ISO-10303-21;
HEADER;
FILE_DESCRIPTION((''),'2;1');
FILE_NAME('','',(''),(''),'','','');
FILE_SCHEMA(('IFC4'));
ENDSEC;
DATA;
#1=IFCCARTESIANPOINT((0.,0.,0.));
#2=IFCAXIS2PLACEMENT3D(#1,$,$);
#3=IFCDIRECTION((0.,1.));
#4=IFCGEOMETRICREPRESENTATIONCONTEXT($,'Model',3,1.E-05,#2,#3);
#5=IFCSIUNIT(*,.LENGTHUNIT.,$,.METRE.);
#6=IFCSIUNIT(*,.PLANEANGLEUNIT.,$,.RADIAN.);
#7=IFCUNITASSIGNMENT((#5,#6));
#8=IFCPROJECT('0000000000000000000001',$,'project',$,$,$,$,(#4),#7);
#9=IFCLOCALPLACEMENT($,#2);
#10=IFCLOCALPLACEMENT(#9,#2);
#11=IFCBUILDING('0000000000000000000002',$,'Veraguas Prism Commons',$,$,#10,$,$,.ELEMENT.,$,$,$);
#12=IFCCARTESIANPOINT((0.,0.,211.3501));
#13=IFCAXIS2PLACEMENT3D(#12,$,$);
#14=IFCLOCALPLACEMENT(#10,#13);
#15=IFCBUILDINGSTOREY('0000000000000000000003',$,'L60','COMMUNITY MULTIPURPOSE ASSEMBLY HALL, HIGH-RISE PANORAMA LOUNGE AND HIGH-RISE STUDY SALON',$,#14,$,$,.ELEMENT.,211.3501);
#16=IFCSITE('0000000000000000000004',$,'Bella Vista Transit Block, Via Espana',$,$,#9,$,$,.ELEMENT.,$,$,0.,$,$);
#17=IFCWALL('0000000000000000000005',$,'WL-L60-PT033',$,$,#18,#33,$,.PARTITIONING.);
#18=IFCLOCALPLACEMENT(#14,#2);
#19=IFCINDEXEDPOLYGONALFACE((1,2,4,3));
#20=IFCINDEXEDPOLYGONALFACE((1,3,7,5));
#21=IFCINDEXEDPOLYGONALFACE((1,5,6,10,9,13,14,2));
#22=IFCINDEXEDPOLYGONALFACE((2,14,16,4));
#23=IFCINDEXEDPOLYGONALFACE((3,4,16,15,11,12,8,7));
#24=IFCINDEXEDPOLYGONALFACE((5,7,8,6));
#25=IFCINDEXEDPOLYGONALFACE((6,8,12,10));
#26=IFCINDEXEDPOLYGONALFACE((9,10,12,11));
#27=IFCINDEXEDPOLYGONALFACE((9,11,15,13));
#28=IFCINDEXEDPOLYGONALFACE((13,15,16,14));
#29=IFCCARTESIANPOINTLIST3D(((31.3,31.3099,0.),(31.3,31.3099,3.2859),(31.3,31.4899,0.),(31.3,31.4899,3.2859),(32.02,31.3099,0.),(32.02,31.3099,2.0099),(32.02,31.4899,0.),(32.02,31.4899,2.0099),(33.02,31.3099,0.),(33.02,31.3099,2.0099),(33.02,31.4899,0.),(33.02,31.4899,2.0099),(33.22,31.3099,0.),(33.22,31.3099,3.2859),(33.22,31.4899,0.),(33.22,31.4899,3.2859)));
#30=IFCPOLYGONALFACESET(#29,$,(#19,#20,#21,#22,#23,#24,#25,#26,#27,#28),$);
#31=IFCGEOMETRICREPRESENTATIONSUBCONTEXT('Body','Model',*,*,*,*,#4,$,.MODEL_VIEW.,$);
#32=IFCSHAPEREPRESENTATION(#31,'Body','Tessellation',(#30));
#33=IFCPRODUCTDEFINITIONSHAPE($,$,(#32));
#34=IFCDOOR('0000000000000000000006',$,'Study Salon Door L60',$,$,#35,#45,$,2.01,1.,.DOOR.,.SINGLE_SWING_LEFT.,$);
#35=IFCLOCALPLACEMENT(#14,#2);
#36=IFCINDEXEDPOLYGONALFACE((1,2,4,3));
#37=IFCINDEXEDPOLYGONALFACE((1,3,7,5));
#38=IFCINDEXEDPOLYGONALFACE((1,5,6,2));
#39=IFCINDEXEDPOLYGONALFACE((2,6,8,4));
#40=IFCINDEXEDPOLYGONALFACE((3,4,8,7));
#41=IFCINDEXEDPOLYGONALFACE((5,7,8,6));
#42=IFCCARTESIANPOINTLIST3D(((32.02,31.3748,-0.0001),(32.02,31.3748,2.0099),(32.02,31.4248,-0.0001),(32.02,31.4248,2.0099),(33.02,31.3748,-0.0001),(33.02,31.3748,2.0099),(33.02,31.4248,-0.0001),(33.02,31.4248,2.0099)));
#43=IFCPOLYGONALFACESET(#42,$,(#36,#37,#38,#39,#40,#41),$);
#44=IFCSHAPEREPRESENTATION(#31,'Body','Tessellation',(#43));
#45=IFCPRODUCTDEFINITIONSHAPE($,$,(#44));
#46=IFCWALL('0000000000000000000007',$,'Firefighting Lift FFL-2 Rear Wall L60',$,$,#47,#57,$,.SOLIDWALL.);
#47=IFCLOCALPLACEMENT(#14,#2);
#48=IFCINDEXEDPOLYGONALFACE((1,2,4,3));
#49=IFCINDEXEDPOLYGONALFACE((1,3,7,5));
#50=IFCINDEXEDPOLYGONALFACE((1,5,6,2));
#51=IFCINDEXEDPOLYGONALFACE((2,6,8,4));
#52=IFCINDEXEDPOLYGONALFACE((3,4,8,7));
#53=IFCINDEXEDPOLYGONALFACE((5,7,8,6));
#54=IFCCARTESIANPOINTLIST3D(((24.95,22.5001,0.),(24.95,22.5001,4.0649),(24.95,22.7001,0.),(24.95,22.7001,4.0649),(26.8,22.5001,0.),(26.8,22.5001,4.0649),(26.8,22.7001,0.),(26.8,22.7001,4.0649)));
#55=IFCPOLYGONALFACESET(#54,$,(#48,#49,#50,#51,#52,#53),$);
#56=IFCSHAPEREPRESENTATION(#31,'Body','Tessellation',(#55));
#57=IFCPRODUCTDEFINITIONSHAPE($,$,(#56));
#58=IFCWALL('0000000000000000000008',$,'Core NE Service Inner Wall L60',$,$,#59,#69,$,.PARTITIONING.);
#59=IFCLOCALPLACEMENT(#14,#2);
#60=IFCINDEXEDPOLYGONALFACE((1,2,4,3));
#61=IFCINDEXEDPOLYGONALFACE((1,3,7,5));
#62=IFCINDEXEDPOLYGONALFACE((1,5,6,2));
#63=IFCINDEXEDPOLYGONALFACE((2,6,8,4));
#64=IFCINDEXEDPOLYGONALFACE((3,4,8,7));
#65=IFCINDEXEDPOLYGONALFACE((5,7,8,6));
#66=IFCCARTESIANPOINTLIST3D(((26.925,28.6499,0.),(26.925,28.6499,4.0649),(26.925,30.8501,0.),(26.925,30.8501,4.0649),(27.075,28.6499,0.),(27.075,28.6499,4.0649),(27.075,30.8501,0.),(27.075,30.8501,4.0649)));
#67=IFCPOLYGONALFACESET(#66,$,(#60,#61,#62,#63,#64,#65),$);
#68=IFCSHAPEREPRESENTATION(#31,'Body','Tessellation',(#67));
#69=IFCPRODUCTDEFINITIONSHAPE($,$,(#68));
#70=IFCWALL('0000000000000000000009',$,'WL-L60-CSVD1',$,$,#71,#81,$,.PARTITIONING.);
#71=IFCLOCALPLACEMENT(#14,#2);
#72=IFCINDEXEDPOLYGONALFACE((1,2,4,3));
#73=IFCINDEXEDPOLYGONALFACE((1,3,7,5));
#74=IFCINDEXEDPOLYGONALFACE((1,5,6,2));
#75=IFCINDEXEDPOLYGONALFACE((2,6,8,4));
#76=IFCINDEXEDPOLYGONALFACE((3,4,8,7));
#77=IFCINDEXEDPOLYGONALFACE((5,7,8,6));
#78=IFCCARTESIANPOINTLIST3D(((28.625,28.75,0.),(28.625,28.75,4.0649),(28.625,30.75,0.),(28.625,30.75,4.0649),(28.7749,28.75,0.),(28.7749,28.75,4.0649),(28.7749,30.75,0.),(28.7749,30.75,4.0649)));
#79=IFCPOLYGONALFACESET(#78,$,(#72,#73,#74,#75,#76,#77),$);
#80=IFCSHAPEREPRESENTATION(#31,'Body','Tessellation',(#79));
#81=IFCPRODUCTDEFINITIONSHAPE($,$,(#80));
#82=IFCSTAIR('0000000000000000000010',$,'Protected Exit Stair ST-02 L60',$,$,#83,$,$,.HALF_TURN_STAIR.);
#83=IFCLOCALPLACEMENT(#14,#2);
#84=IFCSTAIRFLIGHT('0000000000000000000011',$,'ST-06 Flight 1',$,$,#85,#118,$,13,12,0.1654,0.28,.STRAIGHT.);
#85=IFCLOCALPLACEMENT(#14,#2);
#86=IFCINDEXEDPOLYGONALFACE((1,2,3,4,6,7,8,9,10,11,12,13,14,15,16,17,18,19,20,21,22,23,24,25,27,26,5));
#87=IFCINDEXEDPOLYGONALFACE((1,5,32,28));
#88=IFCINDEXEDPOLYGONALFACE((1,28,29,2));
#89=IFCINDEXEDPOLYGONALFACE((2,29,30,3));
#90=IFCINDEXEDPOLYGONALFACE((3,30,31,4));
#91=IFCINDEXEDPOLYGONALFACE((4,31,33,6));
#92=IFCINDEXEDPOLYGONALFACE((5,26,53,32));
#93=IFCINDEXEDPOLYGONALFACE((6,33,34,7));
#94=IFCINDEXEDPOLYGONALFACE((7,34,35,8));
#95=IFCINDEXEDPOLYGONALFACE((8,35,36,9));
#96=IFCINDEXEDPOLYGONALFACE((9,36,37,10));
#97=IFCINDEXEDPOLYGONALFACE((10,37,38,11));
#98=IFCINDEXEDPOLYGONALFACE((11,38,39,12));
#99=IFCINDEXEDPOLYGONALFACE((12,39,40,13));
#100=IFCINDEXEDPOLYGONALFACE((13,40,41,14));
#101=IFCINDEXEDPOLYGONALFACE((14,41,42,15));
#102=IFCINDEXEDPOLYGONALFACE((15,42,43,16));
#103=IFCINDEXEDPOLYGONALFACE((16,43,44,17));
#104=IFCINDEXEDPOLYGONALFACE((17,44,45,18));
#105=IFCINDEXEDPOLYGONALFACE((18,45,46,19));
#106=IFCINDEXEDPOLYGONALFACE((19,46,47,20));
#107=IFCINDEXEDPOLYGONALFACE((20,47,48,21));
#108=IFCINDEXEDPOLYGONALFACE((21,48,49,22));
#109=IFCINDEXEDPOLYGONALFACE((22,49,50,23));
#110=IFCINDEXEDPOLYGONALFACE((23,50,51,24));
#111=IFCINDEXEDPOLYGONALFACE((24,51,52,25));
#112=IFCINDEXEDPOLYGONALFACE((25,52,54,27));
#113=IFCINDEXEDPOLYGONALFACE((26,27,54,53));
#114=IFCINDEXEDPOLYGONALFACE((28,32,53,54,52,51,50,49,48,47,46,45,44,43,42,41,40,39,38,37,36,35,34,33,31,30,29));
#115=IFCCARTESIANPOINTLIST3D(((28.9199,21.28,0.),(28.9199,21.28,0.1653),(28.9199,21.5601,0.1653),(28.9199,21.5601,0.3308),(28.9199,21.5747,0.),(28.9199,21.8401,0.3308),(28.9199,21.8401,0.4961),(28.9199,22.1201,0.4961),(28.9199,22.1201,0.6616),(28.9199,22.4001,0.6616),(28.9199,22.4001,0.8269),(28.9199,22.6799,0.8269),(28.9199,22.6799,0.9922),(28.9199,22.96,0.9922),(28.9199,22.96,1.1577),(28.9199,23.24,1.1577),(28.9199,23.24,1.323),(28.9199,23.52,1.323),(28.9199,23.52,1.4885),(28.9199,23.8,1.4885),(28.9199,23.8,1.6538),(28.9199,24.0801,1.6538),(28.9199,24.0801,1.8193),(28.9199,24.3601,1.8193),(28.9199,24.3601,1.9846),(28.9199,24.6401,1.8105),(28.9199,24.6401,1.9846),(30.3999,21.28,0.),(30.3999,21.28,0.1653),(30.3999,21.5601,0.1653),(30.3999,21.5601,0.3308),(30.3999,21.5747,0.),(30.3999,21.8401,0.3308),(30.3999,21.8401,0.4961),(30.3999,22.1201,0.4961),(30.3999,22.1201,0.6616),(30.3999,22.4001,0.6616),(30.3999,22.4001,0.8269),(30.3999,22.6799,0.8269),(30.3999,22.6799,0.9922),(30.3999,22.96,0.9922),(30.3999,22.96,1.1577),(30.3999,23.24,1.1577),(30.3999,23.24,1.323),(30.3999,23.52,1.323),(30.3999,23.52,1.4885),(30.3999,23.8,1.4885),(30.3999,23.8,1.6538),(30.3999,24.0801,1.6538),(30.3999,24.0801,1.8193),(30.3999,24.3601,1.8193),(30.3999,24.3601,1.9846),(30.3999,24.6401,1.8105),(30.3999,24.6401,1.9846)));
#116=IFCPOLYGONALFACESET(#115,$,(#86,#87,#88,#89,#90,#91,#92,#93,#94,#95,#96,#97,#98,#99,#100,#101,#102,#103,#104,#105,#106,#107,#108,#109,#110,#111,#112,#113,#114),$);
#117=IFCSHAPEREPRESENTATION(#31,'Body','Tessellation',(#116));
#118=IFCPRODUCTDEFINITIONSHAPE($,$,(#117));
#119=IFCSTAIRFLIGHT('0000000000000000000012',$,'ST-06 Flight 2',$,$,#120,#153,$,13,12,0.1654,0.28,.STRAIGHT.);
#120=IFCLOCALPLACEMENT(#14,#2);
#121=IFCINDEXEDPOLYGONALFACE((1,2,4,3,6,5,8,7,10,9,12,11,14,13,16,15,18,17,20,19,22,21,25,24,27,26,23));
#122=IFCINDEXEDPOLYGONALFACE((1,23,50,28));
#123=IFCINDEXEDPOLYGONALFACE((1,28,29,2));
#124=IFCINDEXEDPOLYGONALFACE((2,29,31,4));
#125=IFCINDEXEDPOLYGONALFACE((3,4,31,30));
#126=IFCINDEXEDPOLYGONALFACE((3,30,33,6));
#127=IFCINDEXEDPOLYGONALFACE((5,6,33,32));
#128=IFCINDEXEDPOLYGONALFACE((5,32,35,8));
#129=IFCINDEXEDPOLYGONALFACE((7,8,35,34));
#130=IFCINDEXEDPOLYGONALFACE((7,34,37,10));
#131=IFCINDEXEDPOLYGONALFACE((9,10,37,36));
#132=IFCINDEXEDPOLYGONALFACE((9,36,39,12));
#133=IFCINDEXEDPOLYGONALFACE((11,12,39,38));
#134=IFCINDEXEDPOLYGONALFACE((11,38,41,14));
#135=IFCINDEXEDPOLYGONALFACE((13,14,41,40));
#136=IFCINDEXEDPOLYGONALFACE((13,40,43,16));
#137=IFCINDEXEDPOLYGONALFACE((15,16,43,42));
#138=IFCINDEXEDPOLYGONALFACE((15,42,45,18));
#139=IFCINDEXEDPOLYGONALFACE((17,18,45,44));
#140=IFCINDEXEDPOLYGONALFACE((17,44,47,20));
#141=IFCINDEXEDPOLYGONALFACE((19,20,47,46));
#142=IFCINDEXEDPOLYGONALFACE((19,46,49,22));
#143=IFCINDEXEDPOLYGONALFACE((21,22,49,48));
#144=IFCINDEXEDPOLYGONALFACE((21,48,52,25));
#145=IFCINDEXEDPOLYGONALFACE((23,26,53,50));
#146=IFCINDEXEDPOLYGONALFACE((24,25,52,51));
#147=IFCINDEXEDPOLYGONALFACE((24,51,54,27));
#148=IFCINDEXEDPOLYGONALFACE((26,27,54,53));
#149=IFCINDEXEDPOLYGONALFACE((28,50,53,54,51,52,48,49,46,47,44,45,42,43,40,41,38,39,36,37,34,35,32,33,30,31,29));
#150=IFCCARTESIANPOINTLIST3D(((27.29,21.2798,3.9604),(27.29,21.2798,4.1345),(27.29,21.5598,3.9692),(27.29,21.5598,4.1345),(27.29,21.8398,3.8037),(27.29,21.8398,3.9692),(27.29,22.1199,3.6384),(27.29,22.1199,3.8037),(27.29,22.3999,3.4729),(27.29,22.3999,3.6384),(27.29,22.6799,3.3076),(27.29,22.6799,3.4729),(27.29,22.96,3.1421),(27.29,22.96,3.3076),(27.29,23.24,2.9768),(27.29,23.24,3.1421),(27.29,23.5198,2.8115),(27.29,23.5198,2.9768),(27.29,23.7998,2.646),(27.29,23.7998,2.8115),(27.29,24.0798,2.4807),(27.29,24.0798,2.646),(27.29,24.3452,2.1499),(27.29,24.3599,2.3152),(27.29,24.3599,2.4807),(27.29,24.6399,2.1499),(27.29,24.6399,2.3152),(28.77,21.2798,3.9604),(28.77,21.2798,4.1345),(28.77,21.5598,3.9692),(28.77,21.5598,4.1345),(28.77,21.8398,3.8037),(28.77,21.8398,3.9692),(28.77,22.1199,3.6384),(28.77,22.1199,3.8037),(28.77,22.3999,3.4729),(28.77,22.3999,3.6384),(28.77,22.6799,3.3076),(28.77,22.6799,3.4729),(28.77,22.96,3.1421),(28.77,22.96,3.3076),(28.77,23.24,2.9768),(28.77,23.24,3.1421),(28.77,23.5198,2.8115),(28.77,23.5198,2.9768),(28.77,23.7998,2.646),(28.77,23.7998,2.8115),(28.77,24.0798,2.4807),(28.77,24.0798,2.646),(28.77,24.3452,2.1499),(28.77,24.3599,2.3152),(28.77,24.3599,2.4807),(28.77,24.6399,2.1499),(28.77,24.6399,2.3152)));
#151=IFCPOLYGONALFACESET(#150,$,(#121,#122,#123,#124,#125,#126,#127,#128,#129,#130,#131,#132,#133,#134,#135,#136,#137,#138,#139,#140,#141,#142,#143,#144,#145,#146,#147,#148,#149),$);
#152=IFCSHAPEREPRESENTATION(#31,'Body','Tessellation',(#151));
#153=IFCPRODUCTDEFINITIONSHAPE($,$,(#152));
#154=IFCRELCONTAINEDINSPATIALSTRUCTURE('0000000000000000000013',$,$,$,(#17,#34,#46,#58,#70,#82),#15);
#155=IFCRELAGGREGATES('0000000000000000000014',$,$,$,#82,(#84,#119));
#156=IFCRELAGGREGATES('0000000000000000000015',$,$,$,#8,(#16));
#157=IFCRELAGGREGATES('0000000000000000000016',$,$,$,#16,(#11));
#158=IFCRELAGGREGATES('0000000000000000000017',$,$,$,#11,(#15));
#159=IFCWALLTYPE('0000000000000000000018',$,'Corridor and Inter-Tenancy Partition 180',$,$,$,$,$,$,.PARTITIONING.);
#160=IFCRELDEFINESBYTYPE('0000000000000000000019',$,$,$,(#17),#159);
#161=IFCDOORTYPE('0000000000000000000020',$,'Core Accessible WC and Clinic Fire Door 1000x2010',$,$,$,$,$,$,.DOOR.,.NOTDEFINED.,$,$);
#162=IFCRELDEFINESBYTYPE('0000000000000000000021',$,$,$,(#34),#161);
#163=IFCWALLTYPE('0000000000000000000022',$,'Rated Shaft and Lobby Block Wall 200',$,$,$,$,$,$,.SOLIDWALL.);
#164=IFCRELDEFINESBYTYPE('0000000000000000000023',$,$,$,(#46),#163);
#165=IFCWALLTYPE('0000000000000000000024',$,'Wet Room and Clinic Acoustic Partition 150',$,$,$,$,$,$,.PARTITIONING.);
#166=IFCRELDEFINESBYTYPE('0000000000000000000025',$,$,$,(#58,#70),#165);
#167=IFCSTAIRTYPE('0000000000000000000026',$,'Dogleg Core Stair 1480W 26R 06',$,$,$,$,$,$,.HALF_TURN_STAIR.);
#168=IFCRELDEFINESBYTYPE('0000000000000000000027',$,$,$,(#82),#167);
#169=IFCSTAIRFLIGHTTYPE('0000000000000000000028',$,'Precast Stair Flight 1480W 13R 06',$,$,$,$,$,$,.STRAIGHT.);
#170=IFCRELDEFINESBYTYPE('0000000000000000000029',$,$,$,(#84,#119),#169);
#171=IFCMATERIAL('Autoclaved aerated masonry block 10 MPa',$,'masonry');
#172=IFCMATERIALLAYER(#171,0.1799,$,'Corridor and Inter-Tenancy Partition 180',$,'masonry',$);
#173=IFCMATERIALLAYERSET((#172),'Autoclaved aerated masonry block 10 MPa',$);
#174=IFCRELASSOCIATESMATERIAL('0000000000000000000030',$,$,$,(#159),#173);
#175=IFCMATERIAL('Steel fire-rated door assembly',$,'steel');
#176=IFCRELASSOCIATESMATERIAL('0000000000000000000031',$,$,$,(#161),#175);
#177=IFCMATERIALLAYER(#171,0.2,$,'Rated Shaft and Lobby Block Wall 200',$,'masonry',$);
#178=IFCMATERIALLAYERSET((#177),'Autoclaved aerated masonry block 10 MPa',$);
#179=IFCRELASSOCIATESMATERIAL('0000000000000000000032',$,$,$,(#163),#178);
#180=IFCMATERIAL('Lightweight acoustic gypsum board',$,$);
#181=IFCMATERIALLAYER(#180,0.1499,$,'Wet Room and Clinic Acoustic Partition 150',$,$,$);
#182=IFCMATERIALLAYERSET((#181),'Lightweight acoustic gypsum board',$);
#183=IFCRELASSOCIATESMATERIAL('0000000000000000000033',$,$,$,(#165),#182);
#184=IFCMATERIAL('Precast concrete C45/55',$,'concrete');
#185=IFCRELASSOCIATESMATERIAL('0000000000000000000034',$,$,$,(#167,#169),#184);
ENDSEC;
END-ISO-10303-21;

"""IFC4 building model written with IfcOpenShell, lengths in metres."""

from ifc_helpers import new_model, si_unit, direction, frame, frame_2d, origin, place, context, subcontext, project, spatial, polyline, rectangle, outline, extrude, source, transform, mapped, material, layer, layer_set, type_object, element, fill, aggregate, save


model = new_model("IFC4")

# Units and contexts
model_context = context("Model", 3, precision=1e-05, world=origin(), true_north=direction((0.0, 1.0)))
body_context = subcontext(model_context, "Body", "Model", "MODEL_VIEW")
ifc_project = project(units=[si_unit("LENGTHUNIT", "METRE"), si_unit("PLANEANGLEUNIT", "RADIAN")], contexts=[model_context])

# Site, building, storey
site_placement = place(None, origin())
site = spatial("IfcSite", under=ifc_project, at=site_placement, Name="Bella Vista Transit Block, Via Espana", CompositionType="ELEMENT", RefElevation=0.0)
building_placement = place(site_placement, origin())
building = spatial("IfcBuilding", under=site, at=building_placement, Name="Veraguas Prism Commons", CompositionType="ELEMENT")
storey_placement = place(building_placement, frame((0.0, 0.0, 211.3501)))
storey = spatial("IfcBuildingStorey", under=building, at=storey_placement, Name="L60", Description="COMMUNITY MULTIPURPOSE ASSEMBLY HALL, HIGH-RISE PANORAMA LOUNGE AND HIGH-RISE STUDY SALON", CompositionType="ELEMENT", Elevation=211.3501)

# Shared definitions
ifc_material_1 = material(Name="Steel fire-rated door assembly", Category="steel")

# Shared definitions
ifc_material_2 = material(Name="Autoclaved aerated masonry block 10 MPa", Category="masonry")
ifc_layer_1 = layer(ifc_material_2, 0.1799, Name="Corridor and Inter-Tenancy Partition 180", Category="masonry")
ifc_layer_set_1 = layer_set([ifc_layer_1], Name="Autoclaved aerated masonry block 10 MPa")
wall_type_1 = type_object("IfcWallType", Name="Corridor and Inter-Tenancy Partition 180", PredefinedType="PARTITIONING", material=ifc_layer_set_1)

# Wall, opening, door
wall_1_placement = place(storey_placement, frame((31.3, 31.3999, 0.0), z_axis=(0.0, 0.0, 1.0), x_axis=(1.0, 0.0, 0.0)))
wall_1 = element("IfcWall", 1, at=wall_1_placement, inside=storey, type_object=wall_type_1, Name="WL-L60-PT033", PredefinedType="PARTITIONING", context=body_context, shape_type="SweptSolid", body=[
    extrude(rectangle(XDim=1.9199, YDim=0.1799, at=frame_2d((0.96, 0.0))), origin(), (0.0, 0.0, 1.0), 3.2859),
])
opening_1_placement = place(wall_1_placement, frame((0.72, 0.0, 0.0)))
opening_1 = element("IfcOpeningElement", 2, at=opening_1_placement, cuts=wall_1, PredefinedType="OPENING", context=body_context, shape_type="SweptSolid", body=[
    extrude(rectangle(XDim=1.0, YDim=2.01, at=frame_2d((0.5, 1.0049))), frame((0.0, 0.0999, 0.0), z_axis=(0.0, -1.0, 0.0), x_axis=(1.0, 0.0, 0.0)), (0.0, 0.0, 1.0), 0.2),
])
door_type_1 = type_object("IfcDoorType", Name="Core Accessible WC and Clinic Fire Door 1000x2010", OperationType="NOTDEFINED", PredefinedType="DOOR", material=ifc_material_1)
shared_shape_1 = source(origin(), body_context, "Body", "SweptSolid", [
    extrude(rectangle(XDim=1.0, YDim=2.01, at=frame_2d((0.5, 1.0049))), frame((0.0, 0.0249, 0.0), z_axis=(0.0, -1.0, 0.0), x_axis=(1.0, 0.0, 0.0)), (0.0, 0.0, 1.0), 0.05),
])
door_1_placement = place(opening_1_placement, origin())
door_1 = element("IfcDoor", 3, at=door_1_placement, inside=storey, type_object=door_type_1, Name="Study Salon Door L60", OperationType="SINGLE_SWING_LEFT", OverallHeight=2.01, OverallWidth=1.0, PredefinedType="DOOR", context=body_context, shape_type="MappedRepresentation", body=[
    mapped(shared_shape_1, transform((0.0, 0.0, 0.0), scale=1.0)),
])
fill(opening_1, door_1)

# Walls
ifc_layer_2 = layer(ifc_material_2, 0.2, Name="Rated Shaft and Lobby Block Wall 200", Category="masonry")
ifc_layer_set_2 = layer_set([ifc_layer_2], Name="Autoclaved aerated masonry block 10 MPa")
wall_type_2 = type_object("IfcWallType", Name="Rated Shaft and Lobby Block Wall 200", PredefinedType="SOLIDWALL", material=ifc_layer_set_2)
wall_2_placement = place(storey_placement, frame((24.95, 22.6001, 0.0), z_axis=(0.0, 0.0, 1.0), x_axis=(1.0, 0.0, 0.0)))
element("IfcWall", 4, at=wall_2_placement, inside=storey, type_object=wall_type_2, Name="Firefighting Lift FFL-2 Rear Wall L60", PredefinedType="SOLIDWALL", context=body_context, shape_type="SweptSolid", body=[
    extrude(rectangle(XDim=1.8501, YDim=0.2, at=frame_2d((0.925, 0.0))), origin(), (0.0, 0.0, 1.0), 4.0649),
])
ifc_material_3 = material(Name="Lightweight acoustic gypsum board")
ifc_layer_3 = layer(ifc_material_3, 0.1499, Name="Wet Room and Clinic Acoustic Partition 150")
ifc_layer_set_3 = layer_set([ifc_layer_3], Name="Lightweight acoustic gypsum board")
wall_type_3 = type_object("IfcWallType", Name="Wet Room and Clinic Acoustic Partition 150", PredefinedType="PARTITIONING", material=ifc_layer_set_3)
wall_3_placement = place(storey_placement, frame((27.0, 28.6499, 0.0), z_axis=(0.0, 0.0, 1.0), x_axis=(0.0, 1.0, 0.0)))
element("IfcWall", 5, at=wall_3_placement, inside=storey, type_object=wall_type_3, Name="Core NE Service Inner Wall L60", PredefinedType="PARTITIONING", context=body_context, shape_type="SweptSolid", body=[
    extrude(rectangle(XDim=2.2002, YDim=0.1499, at=frame_2d((1.1001, 0.0))), origin(), (0.0, 0.0, 1.0), 4.0649),
])
wall_4_placement = place(storey_placement, frame((28.7, 28.75, 0.0), z_axis=(0.0, 0.0, 1.0), x_axis=(0.0, 1.0, 0.0)))
element("IfcWall", 6, at=wall_4_placement, inside=storey, type_object=wall_type_3, Name="WL-L60-CSVD1", PredefinedType="PARTITIONING", context=body_context, shape_type="SweptSolid", body=[
    extrude(rectangle(XDim=2.0, YDim=0.1499, at=frame_2d((1.0, 0.0))), origin(), (0.0, 0.0, 1.0), 4.0649),
])

# Stair, stair flights
ifc_material_4 = material(Name="Precast concrete C45/55", Category="concrete")
stair_type = type_object("IfcStairType", Name="Dogleg Core Stair 1480W 26R 06", PredefinedType="HALF_TURN_STAIR", material=ifc_material_4)
stair_placement = place(storey_placement, origin())
stair = element("IfcStair", 7, at=stair_placement, inside=storey, type_object=stair_type, Name="Protected Exit Stair ST-02 L60", PredefinedType="HALF_TURN_STAIR")
stair_flight_type = type_object("IfcStairFlightType", Name="Precast Stair Flight 1480W 13R 06", PredefinedType="STRAIGHT", material=ifc_material_4)
stair_flight_1_placement = place(storey_placement, frame((29.6599, 21.28, 0.0), z_axis=(0.0, 0.0, 1.0), x_axis=(0.0, 1.0, 0.0)))
stair_flight_1 = element("IfcStairFlight", 8, at=stair_flight_1_placement, type_object=stair_flight_type, Name="ST-06 Flight 1", NumberOfRisers=13, NumberOfTreads=12, PredefinedType="STRAIGHT", RiserHeight=0.1654, TreadLength=0.28, context=body_context, shape_type="SweptSolid", body=[
    extrude(outline(polyline([(0.0, 0.0), (0.0, 0.1653), (0.28, 0.1653), (0.28, 0.3308), (0.5601, 0.3308), (0.5601, 0.4961), (0.8401, 0.4961), (0.8401, 0.6616), (1.1201, 0.6616), (1.1201, 0.8269), (1.3999, 0.8269), (1.3999, 0.9922), (1.6799, 0.9922), (1.6799, 1.1577), (1.96, 1.1577), (1.96, 1.323), (2.24, 1.323), (2.24, 1.4885), (2.52, 1.4885), (2.52, 1.6538), (2.8, 1.6538), (2.8, 1.8193), (3.0801, 1.8193), (3.0801, 1.9846), (3.3601, 1.9846), (3.3601, 2.1499), (3.3601, 1.8105), (0.2947, 0.0), (0.0, 0.0)])), frame((0.0, 0.74, 0.0), z_axis=(0.0, -1.0, 0.0), x_axis=(1.0, 0.0, 0.0)), (0.0, 0.0, 1.0), 1.48),
])
stair_flight_2_placement = place(storey_placement, frame((28.03, 24.6399, 2.1499), z_axis=(0.0, 0.0, 1.0), x_axis=(0.0, -1.0, 0.0)))
stair_flight_2 = element("IfcStairFlight", 9, at=stair_flight_2_placement, type_object=stair_flight_type, Name="ST-06 Flight 2", NumberOfRisers=13, NumberOfTreads=12, PredefinedType="STRAIGHT", RiserHeight=0.1654, TreadLength=0.28, context=body_context, shape_type="SweptSolid", body=[
    extrude(outline(polyline([(0.0, 0.0), (0.0, 0.1653), (0.28, 0.1653), (0.28, 0.3308), (0.5601, 0.3308), (0.5601, 0.4961), (0.8401, 0.4961), (0.8401, 0.6616), (1.1201, 0.6616), (1.1201, 0.8269), (1.3999, 0.8269), (1.3999, 0.9922), (1.6799, 0.9922), (1.6799, 1.1577), (1.96, 1.1577), (1.96, 1.323), (2.24, 1.323), (2.24, 1.4885), (2.52, 1.4885), (2.52, 1.6538), (2.8, 1.6538), (2.8, 1.8193), (3.0801, 1.8193), (3.0801, 1.9846), (3.3601, 1.9846), (3.3601, 2.1499), (3.3601, 1.8105), (0.2947, 0.0), (0.0, 0.0)])), frame((0.0, 0.74, 0.0), z_axis=(0.0, -1.0, 0.0), x_axis=(1.0, 0.0, 0.0)), (0.0, 0.0, 1.0), 1.48),
])
aggregate(stair, [stair_flight_1, stair_flight_2])

save(model, "model.ifc")
